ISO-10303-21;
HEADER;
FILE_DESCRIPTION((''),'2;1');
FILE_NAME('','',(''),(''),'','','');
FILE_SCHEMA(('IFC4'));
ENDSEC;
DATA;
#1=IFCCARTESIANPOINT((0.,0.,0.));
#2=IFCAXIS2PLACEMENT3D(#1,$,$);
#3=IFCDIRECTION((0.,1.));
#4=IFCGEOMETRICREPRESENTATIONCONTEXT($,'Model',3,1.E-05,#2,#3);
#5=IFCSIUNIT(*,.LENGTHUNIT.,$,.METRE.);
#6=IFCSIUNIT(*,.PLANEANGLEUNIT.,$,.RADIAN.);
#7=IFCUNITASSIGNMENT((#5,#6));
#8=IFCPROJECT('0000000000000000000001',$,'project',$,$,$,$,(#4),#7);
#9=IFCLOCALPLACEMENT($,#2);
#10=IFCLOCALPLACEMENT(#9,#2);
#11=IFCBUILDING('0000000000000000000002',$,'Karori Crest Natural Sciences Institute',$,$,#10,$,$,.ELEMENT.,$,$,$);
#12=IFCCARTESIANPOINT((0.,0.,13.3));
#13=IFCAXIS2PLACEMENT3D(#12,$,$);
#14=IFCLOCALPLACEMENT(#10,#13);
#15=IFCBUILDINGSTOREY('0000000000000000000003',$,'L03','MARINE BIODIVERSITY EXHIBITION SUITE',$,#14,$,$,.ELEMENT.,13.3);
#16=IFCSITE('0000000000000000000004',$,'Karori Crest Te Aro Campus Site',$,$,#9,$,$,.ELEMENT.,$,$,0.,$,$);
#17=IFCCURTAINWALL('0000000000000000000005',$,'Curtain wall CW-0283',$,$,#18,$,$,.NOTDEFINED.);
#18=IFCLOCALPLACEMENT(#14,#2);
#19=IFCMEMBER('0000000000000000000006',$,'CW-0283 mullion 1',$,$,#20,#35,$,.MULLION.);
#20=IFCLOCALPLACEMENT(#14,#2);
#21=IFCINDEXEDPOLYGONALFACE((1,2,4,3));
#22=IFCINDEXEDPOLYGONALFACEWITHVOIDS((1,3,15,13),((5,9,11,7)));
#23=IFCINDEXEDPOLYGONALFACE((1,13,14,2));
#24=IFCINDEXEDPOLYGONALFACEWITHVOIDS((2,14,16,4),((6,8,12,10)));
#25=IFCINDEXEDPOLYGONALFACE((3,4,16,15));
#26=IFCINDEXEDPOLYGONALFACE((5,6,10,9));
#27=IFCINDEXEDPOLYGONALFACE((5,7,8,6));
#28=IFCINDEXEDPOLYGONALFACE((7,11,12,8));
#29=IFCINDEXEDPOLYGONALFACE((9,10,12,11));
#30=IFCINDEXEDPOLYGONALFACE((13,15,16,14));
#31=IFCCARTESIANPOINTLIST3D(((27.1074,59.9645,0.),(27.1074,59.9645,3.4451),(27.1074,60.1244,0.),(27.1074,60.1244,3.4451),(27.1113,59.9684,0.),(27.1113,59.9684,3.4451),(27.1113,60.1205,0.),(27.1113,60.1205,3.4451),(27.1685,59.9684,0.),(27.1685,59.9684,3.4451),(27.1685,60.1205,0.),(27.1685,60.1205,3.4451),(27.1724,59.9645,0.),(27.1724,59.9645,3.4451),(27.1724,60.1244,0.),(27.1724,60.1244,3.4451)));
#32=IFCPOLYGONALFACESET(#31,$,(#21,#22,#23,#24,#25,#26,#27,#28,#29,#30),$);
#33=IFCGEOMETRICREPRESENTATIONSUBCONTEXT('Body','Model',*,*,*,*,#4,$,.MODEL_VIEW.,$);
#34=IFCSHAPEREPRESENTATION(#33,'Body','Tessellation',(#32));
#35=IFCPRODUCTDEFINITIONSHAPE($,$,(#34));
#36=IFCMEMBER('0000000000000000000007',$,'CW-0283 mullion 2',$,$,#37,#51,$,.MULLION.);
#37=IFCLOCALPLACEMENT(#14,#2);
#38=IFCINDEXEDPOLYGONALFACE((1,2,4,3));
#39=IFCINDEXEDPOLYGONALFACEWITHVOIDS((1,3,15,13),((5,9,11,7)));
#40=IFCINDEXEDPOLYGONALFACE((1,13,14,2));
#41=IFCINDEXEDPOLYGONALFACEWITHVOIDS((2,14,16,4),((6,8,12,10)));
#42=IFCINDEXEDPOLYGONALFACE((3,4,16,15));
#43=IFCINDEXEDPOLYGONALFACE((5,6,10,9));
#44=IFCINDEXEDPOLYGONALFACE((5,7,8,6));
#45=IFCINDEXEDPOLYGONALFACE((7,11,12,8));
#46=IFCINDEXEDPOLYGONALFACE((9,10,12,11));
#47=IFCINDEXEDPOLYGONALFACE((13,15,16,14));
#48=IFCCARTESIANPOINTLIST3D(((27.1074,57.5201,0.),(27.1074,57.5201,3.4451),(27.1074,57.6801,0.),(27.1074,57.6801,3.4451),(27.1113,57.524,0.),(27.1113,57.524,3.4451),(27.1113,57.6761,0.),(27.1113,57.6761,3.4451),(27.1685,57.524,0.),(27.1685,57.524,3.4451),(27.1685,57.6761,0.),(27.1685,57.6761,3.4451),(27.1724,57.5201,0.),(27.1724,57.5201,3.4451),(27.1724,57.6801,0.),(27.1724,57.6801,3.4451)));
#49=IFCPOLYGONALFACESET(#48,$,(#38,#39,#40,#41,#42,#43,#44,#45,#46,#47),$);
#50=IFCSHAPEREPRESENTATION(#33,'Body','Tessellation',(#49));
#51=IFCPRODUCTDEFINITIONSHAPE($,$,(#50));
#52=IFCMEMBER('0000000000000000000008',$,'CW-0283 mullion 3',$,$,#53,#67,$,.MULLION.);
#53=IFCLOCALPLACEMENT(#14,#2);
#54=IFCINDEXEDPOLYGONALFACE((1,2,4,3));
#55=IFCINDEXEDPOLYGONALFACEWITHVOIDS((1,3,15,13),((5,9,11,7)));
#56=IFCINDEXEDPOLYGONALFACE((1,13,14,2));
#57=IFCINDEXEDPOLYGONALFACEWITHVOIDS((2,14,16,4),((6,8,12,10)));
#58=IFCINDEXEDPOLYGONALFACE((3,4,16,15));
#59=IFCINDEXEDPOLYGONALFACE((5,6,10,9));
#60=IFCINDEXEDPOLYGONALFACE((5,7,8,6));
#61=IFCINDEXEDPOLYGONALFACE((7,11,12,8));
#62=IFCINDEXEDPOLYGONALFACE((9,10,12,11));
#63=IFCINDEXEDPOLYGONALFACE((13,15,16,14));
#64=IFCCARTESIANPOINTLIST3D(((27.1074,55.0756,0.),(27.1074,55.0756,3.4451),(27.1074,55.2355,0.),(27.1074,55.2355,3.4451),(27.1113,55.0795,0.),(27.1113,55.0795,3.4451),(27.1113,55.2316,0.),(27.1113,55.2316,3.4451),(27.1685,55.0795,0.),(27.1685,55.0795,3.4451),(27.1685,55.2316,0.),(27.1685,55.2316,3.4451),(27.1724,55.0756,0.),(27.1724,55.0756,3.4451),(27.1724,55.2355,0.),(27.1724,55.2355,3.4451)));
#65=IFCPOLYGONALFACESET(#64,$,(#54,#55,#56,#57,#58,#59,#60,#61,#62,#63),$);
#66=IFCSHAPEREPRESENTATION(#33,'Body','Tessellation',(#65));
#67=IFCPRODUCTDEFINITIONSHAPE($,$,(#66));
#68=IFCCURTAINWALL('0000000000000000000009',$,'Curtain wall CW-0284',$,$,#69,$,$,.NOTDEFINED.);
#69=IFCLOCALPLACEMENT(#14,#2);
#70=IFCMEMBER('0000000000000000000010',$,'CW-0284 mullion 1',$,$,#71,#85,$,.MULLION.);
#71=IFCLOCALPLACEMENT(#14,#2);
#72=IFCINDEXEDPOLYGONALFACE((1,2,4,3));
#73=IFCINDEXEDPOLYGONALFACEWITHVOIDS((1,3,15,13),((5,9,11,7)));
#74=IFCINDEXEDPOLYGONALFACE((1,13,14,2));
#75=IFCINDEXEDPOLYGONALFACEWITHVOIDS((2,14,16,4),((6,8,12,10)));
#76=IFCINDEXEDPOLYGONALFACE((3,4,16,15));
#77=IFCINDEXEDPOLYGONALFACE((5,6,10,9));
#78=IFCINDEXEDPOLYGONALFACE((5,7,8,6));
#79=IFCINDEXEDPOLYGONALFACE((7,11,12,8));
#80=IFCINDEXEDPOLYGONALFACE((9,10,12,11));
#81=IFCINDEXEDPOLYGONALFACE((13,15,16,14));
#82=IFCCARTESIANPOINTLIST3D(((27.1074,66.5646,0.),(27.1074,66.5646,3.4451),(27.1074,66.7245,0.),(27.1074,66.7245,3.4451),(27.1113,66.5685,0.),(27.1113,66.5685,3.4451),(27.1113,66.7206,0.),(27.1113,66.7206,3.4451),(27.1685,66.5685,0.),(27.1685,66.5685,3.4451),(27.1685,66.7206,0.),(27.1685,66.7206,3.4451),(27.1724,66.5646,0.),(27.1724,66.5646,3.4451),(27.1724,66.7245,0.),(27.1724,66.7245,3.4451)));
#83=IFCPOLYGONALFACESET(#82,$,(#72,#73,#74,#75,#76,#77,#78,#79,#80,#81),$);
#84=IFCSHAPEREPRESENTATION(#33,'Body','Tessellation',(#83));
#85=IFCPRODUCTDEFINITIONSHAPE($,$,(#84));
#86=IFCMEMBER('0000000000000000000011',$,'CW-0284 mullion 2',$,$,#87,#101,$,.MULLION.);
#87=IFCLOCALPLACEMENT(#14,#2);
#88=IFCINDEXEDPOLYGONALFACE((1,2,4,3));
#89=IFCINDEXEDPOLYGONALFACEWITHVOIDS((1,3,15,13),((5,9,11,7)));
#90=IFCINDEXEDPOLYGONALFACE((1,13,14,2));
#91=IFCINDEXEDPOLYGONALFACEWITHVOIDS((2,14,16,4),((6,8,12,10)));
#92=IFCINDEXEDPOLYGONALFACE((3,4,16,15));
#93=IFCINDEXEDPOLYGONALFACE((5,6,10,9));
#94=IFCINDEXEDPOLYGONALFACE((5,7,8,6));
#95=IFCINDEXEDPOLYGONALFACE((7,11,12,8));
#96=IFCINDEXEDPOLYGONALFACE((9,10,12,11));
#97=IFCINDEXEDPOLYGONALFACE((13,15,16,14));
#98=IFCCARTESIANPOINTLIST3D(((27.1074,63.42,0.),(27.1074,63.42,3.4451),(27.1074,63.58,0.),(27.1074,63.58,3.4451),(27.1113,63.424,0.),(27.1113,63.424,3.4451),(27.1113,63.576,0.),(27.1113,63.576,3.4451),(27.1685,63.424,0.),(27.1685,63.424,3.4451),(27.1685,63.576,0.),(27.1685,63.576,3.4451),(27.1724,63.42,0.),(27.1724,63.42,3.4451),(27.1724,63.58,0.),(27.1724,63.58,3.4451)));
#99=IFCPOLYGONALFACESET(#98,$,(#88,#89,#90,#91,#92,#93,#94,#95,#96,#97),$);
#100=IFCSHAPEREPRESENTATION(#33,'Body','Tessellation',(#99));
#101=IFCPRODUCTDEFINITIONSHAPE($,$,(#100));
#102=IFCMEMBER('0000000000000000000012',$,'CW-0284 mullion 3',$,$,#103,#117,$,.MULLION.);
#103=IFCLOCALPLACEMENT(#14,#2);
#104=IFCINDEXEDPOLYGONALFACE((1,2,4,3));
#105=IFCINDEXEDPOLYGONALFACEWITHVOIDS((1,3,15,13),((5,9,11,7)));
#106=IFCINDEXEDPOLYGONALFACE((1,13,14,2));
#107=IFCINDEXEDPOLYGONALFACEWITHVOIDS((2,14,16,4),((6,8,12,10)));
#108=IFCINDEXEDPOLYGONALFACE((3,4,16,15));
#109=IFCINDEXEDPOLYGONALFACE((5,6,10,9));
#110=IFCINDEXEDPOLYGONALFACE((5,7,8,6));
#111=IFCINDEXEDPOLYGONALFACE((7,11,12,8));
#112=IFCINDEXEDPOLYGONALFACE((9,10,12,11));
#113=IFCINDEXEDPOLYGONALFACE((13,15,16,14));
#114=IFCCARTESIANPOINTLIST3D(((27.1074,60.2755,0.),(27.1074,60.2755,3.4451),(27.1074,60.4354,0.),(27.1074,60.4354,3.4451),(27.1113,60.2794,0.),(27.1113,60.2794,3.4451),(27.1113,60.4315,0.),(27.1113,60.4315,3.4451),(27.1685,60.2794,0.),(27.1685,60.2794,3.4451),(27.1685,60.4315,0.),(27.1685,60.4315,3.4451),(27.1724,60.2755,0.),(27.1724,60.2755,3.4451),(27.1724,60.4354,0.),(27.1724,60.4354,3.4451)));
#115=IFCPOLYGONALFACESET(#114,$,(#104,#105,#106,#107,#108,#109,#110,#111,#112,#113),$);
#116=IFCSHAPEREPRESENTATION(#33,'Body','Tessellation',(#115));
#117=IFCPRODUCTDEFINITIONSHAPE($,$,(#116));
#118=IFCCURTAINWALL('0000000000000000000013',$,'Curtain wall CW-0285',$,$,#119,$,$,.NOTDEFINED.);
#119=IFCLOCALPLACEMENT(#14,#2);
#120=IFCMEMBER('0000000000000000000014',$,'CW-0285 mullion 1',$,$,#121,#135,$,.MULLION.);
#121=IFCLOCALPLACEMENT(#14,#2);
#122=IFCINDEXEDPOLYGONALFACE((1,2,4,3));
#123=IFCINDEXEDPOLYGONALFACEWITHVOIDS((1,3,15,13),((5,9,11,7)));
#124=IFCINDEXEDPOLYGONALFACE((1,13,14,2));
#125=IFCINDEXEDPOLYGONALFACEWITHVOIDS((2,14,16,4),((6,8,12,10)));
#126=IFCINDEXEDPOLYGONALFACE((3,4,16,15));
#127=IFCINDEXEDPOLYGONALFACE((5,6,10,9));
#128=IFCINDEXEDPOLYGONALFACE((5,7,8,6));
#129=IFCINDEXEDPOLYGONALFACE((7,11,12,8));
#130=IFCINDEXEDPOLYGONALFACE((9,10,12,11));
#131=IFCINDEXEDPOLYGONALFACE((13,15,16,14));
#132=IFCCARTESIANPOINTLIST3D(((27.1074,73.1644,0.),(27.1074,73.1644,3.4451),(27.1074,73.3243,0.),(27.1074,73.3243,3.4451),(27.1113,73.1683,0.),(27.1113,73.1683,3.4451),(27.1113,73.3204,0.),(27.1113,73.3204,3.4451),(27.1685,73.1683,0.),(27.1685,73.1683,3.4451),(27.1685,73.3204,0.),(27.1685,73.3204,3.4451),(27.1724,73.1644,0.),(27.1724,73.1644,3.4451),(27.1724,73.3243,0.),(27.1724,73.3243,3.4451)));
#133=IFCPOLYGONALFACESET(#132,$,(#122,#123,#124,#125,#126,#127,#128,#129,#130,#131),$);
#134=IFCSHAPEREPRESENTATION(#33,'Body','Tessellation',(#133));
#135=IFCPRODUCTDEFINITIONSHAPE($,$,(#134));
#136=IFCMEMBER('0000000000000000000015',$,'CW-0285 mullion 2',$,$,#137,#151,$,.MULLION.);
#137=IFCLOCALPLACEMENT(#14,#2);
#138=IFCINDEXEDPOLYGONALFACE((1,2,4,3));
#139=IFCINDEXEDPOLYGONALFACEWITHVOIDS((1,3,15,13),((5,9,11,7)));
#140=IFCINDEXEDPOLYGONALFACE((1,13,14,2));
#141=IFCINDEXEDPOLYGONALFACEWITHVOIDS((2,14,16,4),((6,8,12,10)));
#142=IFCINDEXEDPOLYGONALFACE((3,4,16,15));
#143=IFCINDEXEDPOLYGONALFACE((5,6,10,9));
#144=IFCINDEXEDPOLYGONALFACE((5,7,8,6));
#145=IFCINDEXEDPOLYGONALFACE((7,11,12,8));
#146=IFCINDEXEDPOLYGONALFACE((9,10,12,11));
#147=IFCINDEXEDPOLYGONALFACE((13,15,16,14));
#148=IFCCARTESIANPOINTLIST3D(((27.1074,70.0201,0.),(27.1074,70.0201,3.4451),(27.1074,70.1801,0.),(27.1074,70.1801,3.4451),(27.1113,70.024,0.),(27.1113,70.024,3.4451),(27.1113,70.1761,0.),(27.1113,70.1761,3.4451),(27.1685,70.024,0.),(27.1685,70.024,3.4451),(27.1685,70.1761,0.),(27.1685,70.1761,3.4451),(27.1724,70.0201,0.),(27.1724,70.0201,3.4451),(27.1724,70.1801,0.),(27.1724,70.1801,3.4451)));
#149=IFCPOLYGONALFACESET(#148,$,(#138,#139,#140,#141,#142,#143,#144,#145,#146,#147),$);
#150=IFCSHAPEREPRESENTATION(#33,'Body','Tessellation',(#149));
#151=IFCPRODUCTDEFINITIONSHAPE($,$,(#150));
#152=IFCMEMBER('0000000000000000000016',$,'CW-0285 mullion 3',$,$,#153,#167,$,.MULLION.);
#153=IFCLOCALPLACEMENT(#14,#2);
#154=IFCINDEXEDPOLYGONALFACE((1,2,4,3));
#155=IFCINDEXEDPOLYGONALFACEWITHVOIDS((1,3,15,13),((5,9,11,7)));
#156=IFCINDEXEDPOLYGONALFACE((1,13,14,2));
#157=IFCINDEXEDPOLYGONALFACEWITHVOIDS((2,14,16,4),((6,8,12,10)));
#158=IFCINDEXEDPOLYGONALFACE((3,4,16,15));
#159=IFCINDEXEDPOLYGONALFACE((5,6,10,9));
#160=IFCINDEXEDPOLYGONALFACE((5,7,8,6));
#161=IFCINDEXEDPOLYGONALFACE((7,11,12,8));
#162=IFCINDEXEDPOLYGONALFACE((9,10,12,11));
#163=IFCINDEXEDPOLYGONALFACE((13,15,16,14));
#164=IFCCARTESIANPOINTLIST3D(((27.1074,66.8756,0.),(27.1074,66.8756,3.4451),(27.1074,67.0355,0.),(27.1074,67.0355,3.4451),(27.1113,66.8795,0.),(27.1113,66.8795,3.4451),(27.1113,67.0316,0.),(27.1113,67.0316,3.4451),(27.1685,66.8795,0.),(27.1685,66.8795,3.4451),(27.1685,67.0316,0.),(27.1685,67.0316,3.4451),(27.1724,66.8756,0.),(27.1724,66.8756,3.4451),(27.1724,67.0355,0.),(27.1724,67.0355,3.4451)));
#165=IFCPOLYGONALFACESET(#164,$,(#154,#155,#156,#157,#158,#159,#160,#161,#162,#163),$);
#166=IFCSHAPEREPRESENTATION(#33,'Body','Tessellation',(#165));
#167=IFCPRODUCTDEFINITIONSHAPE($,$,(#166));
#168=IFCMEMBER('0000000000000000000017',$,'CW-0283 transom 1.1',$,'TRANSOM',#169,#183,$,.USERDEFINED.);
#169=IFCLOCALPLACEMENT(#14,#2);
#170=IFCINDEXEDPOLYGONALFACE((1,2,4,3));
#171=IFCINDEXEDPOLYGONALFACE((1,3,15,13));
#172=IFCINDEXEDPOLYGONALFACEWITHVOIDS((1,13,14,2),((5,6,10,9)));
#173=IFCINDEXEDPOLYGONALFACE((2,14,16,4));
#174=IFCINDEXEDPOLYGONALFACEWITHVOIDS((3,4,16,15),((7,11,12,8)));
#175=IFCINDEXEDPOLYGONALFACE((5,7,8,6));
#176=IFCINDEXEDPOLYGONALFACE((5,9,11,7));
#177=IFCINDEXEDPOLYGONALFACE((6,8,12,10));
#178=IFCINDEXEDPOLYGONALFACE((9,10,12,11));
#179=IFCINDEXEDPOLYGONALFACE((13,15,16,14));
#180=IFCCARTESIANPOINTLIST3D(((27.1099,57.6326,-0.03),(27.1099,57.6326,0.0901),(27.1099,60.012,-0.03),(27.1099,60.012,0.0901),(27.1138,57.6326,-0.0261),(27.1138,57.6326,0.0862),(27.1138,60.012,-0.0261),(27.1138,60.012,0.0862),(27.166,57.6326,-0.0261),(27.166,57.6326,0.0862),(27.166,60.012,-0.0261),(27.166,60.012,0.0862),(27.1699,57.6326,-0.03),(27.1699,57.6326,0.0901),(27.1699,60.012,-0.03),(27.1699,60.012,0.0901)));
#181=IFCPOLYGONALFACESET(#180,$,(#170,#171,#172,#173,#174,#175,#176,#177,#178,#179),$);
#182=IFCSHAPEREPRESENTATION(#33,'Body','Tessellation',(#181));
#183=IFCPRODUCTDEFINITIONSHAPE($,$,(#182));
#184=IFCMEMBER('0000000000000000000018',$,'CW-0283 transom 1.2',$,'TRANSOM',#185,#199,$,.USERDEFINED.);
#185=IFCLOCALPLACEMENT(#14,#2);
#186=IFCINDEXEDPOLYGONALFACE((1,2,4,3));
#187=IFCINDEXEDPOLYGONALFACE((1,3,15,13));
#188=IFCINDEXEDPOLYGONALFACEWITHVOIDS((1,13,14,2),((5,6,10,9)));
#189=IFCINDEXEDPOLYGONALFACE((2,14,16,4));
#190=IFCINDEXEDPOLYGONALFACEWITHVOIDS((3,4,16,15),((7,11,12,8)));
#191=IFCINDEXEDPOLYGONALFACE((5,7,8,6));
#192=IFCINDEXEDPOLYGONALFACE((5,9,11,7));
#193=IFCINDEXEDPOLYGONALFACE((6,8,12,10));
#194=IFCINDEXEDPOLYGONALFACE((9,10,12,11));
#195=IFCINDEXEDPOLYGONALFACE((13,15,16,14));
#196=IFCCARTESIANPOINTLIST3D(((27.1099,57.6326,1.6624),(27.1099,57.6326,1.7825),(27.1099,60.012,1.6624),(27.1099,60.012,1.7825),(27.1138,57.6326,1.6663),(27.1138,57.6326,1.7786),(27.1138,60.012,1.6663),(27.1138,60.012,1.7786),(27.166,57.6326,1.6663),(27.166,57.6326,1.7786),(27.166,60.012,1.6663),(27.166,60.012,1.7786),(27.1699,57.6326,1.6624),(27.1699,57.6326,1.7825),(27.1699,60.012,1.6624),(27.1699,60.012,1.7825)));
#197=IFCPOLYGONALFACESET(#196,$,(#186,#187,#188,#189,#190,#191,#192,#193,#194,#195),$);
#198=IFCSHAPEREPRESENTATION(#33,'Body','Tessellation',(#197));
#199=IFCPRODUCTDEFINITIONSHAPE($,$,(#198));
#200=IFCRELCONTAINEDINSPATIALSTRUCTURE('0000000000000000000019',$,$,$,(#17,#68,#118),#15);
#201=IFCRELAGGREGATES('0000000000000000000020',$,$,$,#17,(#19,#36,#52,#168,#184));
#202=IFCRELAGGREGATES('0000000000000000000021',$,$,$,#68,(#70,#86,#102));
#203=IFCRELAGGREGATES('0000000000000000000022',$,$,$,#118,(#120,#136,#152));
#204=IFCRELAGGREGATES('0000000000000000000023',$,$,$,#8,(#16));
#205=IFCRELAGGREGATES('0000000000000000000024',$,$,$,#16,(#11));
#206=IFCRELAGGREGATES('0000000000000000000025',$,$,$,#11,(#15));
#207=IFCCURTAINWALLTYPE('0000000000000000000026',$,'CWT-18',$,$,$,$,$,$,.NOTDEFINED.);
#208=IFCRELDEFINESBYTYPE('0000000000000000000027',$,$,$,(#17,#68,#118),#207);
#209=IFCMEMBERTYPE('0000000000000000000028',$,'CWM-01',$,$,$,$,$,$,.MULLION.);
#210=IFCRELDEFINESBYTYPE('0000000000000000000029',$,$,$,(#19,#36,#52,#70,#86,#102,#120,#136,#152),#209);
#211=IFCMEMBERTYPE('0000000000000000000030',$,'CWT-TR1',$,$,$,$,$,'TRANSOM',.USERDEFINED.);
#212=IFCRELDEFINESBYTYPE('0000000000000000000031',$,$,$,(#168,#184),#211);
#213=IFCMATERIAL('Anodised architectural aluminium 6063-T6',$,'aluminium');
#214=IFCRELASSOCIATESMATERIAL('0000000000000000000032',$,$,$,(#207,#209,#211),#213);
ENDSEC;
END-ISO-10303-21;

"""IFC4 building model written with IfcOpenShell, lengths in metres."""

from ifc_helpers import new_model, si_unit, direction, frame, origin, origin_2d, place, context, subcontext, project, spatial, hollow_rectangle, extrude, material, material_profile, profile_set, type_object, element, aggregate, save


model = new_model("IFC4")

# Units and contexts
model_context = context("Model", 3, precision=1e-05, world=origin(), true_north=direction((0.0, 1.0)))
body_context = subcontext(model_context, "Body", "Model", "MODEL_VIEW")
ifc_project = project(units=[si_unit("LENGTHUNIT", "METRE"), si_unit("PLANEANGLEUNIT", "RADIAN")], contexts=[model_context])

# Site, building, storey
site_placement = place(None, origin())
site = spatial("IfcSite", under=ifc_project, at=site_placement, Name="Karori Crest Te Aro Campus Site", CompositionType="ELEMENT", RefElevation=0.0)
building_placement = place(site_placement, origin())
building = spatial("IfcBuilding", under=site, at=building_placement, Name="Karori Crest Natural Sciences Institute", CompositionType="ELEMENT")
storey_placement = place(building_placement, frame((0.0, 0.0, 13.3)))
storey = spatial("IfcBuildingStorey", under=building, at=storey_placement, Name="L03", Description="MARINE BIODIVERSITY EXHIBITION SUITE", CompositionType="ELEMENT", Elevation=13.3)

# Curtain walls, members
ifc_material_1 = material(Name="Anodised architectural aluminium 6063-T6", Category="aluminium")
curtain_wall_type = type_object("IfcCurtainWallType", Name="CWT-18", PredefinedType="NOTDEFINED", material=ifc_material_1)
curtain_wall_1_placement = place(storey_placement, origin())
curtain_wall_1 = element("IfcCurtainWall", 1, at=curtain_wall_1_placement, inside=storey, type_object=curtain_wall_type, Name="Curtain wall CW-0283", PredefinedType="NOTDEFINED")
ifc_material_profile_1 = material_profile(ifc_material_1, hollow_rectangle(XDim=0.0649, YDim=0.1599, WallThickness=0.0039, at=origin_2d()), Name="CWM160x65x4")
ifc_profile_set_1 = profile_set([ifc_material_profile_1], Name="Anodised architectural aluminium 6063-T6")
member_type_1 = type_object("IfcMemberType", Name="CWM-01", PredefinedType="MULLION", material=ifc_profile_set_1)
member_1_placement = place(storey_placement, frame((27.1399, 60.0444, 0.0), z_axis=(0.0, 0.0, 1.0), x_axis=(1.0, 0.0, 0.0)))
member_1 = element("IfcMember", 2, at=member_1_placement, type_object=member_type_1, Name="CW-0283 mullion 1", PredefinedType="MULLION", context=body_context, shape_type="SweptSolid", body=[
    extrude(hollow_rectangle(XDim=0.0649, YDim=0.1599, WallThickness=0.0039, at=origin_2d()), origin(), (0.0, 0.0, 1.0), 3.4451),
])
member_2_placement = place(storey_placement, frame((27.1399, 57.6001, 0.0), z_axis=(0.0, 0.0, 1.0), x_axis=(1.0, 0.0, 0.0)))
member_2 = element("IfcMember", 3, at=member_2_placement, type_object=member_type_1, Name="CW-0283 mullion 2", PredefinedType="MULLION", context=body_context, shape_type="SweptSolid", body=[
    extrude(hollow_rectangle(XDim=0.0649, YDim=0.1599, WallThickness=0.0039, at=origin_2d()), origin(), (0.0, 0.0, 1.0), 3.4451),
])
member_3_placement = place(storey_placement, frame((27.1399, 55.1555, 0.0), z_axis=(0.0, 0.0, 1.0), x_axis=(1.0, 0.0, 0.0)))
member_3 = element("IfcMember", 4, at=member_3_placement, type_object=member_type_1, Name="CW-0283 mullion 3", PredefinedType="MULLION", context=body_context, shape_type="SweptSolid", body=[
    extrude(hollow_rectangle(XDim=0.0649, YDim=0.1599, WallThickness=0.0039, at=origin_2d()), origin(), (0.0, 0.0, 1.0), 3.4451),
])
curtain_wall_2_placement = place(storey_placement, origin())
curtain_wall_2 = element("IfcCurtainWall", 5, at=curtain_wall_2_placement, inside=storey, type_object=curtain_wall_type, Name="Curtain wall CW-0284", PredefinedType="NOTDEFINED")
member_4_placement = place(storey_placement, frame((27.1399, 66.6445, 0.0), z_axis=(0.0, 0.0, 1.0), x_axis=(1.0, 0.0, 0.0)))
member_4 = element("IfcMember", 6, at=member_4_placement, type_object=member_type_1, Name="CW-0284 mullion 1", PredefinedType="MULLION", context=body_context, shape_type="SweptSolid", body=[
    extrude(hollow_rectangle(XDim=0.0649, YDim=0.1599, WallThickness=0.0039, at=origin_2d()), origin(), (0.0, 0.0, 1.0), 3.4451),
])
member_5_placement = place(storey_placement, frame((27.1399, 63.5, 0.0), z_axis=(0.0, 0.0, 1.0), x_axis=(1.0, 0.0, 0.0)))
member_5 = element("IfcMember", 7, at=member_5_placement, type_object=member_type_1, Name="CW-0284 mullion 2", PredefinedType="MULLION", context=body_context, shape_type="SweptSolid", body=[
    extrude(hollow_rectangle(XDim=0.0649, YDim=0.1599, WallThickness=0.0039, at=origin_2d()), origin(), (0.0, 0.0, 1.0), 3.4451),
])
member_6_placement = place(storey_placement, frame((27.1399, 60.3555, 0.0), z_axis=(0.0, 0.0, 1.0), x_axis=(1.0, 0.0, 0.0)))
member_6 = element("IfcMember", 8, at=member_6_placement, type_object=member_type_1, Name="CW-0284 mullion 3", PredefinedType="MULLION", context=body_context, shape_type="SweptSolid", body=[
    extrude(hollow_rectangle(XDim=0.0649, YDim=0.1599, WallThickness=0.0039, at=origin_2d()), origin(), (0.0, 0.0, 1.0), 3.4451),
])
curtain_wall_3_placement = place(storey_placement, origin())
curtain_wall_3 = element("IfcCurtainWall", 9, at=curtain_wall_3_placement, inside=storey, type_object=curtain_wall_type, Name="Curtain wall CW-0285", PredefinedType="NOTDEFINED")
member_7_placement = place(storey_placement, frame((27.1399, 73.2444, 0.0), z_axis=(0.0, 0.0, 1.0), x_axis=(1.0, 0.0, 0.0)))
member_7 = element("IfcMember", 10, at=member_7_placement, type_object=member_type_1, Name="CW-0285 mullion 1", PredefinedType="MULLION", context=body_context, shape_type="SweptSolid", body=[
    extrude(hollow_rectangle(XDim=0.0649, YDim=0.1599, WallThickness=0.0039, at=origin_2d()), origin(), (0.0, 0.0, 1.0), 3.4451),
])
member_8_placement = place(storey_placement, frame((27.1399, 70.1001, 0.0), z_axis=(0.0, 0.0, 1.0), x_axis=(1.0, 0.0, 0.0)))
member_8 = element("IfcMember", 11, at=member_8_placement, type_object=member_type_1, Name="CW-0285 mullion 2", PredefinedType="MULLION", context=body_context, shape_type="SweptSolid", body=[
    extrude(hollow_rectangle(XDim=0.0649, YDim=0.1599, WallThickness=0.0039, at=origin_2d()), origin(), (0.0, 0.0, 1.0), 3.4451),
])
member_9_placement = place(storey_placement, frame((27.1399, 66.9556, 0.0), z_axis=(0.0, 0.0, 1.0), x_axis=(1.0, 0.0, 0.0)))
member_9 = element("IfcMember", 12, at=member_9_placement, type_object=member_type_1, Name="CW-0285 mullion 3", PredefinedType="MULLION", context=body_context, shape_type="SweptSolid", body=[
    extrude(hollow_rectangle(XDim=0.0649, YDim=0.1599, WallThickness=0.0039, at=origin_2d()), origin(), (0.0, 0.0, 1.0), 3.4451),
])

# Members
ifc_material_profile_2 = material_profile(ifc_material_1, hollow_rectangle(XDim=0.0601, YDim=0.1201, WallThickness=0.0039, at=origin_2d()), Name="CWT120x60x4")
ifc_profile_set_2 = profile_set([ifc_material_profile_2], Name="Anodised architectural aluminium 6063-T6")
member_type_2 = type_object("IfcMemberType", Name="CWT-TR1", ElementType="TRANSOM", PredefinedType="USERDEFINED", material=ifc_profile_set_2)
member_10_placement = place(storey_placement, frame((27.1399, 60.012, 0.03), z_axis=(0.0, -1.0, 0.0), x_axis=(1.0, 0.0, 0.0)))
member_10 = element("IfcMember", 13, at=member_10_placement, type_object=member_type_2, Name="CW-0283 transom 1.1", ObjectType="TRANSOM", PredefinedType="USERDEFINED", context=body_context, shape_type="SweptSolid", body=[
    extrude(hollow_rectangle(XDim=0.0601, YDim=0.1201, WallThickness=0.0039, at=origin_2d()), origin(), (0.0, 0.0, 1.0), 2.3794),
])
member_11_placement = place(storey_placement, frame((27.1399, 60.012, 1.7224), z_axis=(0.0, -1.0, 0.0), x_axis=(1.0, 0.0, 0.0)))
member_11 = element("IfcMember", 14, at=member_11_placement, type_object=member_type_2, Name="CW-0283 transom 1.2", ObjectType="TRANSOM", PredefinedType="USERDEFINED", context=body_context, shape_type="SweptSolid", body=[
    extrude(hollow_rectangle(XDim=0.0601, YDim=0.1201, WallThickness=0.0039, at=origin_2d()), origin(), (0.0, 0.0, 1.0), 2.3794),
])

aggregate(curtain_wall_1, [member_1, member_2, member_3, member_10, member_11])
aggregate(curtain_wall_2, [member_4, member_5, member_6])
aggregate(curtain_wall_3, [member_7, member_8, member_9])

save(model, "model.ifc")
